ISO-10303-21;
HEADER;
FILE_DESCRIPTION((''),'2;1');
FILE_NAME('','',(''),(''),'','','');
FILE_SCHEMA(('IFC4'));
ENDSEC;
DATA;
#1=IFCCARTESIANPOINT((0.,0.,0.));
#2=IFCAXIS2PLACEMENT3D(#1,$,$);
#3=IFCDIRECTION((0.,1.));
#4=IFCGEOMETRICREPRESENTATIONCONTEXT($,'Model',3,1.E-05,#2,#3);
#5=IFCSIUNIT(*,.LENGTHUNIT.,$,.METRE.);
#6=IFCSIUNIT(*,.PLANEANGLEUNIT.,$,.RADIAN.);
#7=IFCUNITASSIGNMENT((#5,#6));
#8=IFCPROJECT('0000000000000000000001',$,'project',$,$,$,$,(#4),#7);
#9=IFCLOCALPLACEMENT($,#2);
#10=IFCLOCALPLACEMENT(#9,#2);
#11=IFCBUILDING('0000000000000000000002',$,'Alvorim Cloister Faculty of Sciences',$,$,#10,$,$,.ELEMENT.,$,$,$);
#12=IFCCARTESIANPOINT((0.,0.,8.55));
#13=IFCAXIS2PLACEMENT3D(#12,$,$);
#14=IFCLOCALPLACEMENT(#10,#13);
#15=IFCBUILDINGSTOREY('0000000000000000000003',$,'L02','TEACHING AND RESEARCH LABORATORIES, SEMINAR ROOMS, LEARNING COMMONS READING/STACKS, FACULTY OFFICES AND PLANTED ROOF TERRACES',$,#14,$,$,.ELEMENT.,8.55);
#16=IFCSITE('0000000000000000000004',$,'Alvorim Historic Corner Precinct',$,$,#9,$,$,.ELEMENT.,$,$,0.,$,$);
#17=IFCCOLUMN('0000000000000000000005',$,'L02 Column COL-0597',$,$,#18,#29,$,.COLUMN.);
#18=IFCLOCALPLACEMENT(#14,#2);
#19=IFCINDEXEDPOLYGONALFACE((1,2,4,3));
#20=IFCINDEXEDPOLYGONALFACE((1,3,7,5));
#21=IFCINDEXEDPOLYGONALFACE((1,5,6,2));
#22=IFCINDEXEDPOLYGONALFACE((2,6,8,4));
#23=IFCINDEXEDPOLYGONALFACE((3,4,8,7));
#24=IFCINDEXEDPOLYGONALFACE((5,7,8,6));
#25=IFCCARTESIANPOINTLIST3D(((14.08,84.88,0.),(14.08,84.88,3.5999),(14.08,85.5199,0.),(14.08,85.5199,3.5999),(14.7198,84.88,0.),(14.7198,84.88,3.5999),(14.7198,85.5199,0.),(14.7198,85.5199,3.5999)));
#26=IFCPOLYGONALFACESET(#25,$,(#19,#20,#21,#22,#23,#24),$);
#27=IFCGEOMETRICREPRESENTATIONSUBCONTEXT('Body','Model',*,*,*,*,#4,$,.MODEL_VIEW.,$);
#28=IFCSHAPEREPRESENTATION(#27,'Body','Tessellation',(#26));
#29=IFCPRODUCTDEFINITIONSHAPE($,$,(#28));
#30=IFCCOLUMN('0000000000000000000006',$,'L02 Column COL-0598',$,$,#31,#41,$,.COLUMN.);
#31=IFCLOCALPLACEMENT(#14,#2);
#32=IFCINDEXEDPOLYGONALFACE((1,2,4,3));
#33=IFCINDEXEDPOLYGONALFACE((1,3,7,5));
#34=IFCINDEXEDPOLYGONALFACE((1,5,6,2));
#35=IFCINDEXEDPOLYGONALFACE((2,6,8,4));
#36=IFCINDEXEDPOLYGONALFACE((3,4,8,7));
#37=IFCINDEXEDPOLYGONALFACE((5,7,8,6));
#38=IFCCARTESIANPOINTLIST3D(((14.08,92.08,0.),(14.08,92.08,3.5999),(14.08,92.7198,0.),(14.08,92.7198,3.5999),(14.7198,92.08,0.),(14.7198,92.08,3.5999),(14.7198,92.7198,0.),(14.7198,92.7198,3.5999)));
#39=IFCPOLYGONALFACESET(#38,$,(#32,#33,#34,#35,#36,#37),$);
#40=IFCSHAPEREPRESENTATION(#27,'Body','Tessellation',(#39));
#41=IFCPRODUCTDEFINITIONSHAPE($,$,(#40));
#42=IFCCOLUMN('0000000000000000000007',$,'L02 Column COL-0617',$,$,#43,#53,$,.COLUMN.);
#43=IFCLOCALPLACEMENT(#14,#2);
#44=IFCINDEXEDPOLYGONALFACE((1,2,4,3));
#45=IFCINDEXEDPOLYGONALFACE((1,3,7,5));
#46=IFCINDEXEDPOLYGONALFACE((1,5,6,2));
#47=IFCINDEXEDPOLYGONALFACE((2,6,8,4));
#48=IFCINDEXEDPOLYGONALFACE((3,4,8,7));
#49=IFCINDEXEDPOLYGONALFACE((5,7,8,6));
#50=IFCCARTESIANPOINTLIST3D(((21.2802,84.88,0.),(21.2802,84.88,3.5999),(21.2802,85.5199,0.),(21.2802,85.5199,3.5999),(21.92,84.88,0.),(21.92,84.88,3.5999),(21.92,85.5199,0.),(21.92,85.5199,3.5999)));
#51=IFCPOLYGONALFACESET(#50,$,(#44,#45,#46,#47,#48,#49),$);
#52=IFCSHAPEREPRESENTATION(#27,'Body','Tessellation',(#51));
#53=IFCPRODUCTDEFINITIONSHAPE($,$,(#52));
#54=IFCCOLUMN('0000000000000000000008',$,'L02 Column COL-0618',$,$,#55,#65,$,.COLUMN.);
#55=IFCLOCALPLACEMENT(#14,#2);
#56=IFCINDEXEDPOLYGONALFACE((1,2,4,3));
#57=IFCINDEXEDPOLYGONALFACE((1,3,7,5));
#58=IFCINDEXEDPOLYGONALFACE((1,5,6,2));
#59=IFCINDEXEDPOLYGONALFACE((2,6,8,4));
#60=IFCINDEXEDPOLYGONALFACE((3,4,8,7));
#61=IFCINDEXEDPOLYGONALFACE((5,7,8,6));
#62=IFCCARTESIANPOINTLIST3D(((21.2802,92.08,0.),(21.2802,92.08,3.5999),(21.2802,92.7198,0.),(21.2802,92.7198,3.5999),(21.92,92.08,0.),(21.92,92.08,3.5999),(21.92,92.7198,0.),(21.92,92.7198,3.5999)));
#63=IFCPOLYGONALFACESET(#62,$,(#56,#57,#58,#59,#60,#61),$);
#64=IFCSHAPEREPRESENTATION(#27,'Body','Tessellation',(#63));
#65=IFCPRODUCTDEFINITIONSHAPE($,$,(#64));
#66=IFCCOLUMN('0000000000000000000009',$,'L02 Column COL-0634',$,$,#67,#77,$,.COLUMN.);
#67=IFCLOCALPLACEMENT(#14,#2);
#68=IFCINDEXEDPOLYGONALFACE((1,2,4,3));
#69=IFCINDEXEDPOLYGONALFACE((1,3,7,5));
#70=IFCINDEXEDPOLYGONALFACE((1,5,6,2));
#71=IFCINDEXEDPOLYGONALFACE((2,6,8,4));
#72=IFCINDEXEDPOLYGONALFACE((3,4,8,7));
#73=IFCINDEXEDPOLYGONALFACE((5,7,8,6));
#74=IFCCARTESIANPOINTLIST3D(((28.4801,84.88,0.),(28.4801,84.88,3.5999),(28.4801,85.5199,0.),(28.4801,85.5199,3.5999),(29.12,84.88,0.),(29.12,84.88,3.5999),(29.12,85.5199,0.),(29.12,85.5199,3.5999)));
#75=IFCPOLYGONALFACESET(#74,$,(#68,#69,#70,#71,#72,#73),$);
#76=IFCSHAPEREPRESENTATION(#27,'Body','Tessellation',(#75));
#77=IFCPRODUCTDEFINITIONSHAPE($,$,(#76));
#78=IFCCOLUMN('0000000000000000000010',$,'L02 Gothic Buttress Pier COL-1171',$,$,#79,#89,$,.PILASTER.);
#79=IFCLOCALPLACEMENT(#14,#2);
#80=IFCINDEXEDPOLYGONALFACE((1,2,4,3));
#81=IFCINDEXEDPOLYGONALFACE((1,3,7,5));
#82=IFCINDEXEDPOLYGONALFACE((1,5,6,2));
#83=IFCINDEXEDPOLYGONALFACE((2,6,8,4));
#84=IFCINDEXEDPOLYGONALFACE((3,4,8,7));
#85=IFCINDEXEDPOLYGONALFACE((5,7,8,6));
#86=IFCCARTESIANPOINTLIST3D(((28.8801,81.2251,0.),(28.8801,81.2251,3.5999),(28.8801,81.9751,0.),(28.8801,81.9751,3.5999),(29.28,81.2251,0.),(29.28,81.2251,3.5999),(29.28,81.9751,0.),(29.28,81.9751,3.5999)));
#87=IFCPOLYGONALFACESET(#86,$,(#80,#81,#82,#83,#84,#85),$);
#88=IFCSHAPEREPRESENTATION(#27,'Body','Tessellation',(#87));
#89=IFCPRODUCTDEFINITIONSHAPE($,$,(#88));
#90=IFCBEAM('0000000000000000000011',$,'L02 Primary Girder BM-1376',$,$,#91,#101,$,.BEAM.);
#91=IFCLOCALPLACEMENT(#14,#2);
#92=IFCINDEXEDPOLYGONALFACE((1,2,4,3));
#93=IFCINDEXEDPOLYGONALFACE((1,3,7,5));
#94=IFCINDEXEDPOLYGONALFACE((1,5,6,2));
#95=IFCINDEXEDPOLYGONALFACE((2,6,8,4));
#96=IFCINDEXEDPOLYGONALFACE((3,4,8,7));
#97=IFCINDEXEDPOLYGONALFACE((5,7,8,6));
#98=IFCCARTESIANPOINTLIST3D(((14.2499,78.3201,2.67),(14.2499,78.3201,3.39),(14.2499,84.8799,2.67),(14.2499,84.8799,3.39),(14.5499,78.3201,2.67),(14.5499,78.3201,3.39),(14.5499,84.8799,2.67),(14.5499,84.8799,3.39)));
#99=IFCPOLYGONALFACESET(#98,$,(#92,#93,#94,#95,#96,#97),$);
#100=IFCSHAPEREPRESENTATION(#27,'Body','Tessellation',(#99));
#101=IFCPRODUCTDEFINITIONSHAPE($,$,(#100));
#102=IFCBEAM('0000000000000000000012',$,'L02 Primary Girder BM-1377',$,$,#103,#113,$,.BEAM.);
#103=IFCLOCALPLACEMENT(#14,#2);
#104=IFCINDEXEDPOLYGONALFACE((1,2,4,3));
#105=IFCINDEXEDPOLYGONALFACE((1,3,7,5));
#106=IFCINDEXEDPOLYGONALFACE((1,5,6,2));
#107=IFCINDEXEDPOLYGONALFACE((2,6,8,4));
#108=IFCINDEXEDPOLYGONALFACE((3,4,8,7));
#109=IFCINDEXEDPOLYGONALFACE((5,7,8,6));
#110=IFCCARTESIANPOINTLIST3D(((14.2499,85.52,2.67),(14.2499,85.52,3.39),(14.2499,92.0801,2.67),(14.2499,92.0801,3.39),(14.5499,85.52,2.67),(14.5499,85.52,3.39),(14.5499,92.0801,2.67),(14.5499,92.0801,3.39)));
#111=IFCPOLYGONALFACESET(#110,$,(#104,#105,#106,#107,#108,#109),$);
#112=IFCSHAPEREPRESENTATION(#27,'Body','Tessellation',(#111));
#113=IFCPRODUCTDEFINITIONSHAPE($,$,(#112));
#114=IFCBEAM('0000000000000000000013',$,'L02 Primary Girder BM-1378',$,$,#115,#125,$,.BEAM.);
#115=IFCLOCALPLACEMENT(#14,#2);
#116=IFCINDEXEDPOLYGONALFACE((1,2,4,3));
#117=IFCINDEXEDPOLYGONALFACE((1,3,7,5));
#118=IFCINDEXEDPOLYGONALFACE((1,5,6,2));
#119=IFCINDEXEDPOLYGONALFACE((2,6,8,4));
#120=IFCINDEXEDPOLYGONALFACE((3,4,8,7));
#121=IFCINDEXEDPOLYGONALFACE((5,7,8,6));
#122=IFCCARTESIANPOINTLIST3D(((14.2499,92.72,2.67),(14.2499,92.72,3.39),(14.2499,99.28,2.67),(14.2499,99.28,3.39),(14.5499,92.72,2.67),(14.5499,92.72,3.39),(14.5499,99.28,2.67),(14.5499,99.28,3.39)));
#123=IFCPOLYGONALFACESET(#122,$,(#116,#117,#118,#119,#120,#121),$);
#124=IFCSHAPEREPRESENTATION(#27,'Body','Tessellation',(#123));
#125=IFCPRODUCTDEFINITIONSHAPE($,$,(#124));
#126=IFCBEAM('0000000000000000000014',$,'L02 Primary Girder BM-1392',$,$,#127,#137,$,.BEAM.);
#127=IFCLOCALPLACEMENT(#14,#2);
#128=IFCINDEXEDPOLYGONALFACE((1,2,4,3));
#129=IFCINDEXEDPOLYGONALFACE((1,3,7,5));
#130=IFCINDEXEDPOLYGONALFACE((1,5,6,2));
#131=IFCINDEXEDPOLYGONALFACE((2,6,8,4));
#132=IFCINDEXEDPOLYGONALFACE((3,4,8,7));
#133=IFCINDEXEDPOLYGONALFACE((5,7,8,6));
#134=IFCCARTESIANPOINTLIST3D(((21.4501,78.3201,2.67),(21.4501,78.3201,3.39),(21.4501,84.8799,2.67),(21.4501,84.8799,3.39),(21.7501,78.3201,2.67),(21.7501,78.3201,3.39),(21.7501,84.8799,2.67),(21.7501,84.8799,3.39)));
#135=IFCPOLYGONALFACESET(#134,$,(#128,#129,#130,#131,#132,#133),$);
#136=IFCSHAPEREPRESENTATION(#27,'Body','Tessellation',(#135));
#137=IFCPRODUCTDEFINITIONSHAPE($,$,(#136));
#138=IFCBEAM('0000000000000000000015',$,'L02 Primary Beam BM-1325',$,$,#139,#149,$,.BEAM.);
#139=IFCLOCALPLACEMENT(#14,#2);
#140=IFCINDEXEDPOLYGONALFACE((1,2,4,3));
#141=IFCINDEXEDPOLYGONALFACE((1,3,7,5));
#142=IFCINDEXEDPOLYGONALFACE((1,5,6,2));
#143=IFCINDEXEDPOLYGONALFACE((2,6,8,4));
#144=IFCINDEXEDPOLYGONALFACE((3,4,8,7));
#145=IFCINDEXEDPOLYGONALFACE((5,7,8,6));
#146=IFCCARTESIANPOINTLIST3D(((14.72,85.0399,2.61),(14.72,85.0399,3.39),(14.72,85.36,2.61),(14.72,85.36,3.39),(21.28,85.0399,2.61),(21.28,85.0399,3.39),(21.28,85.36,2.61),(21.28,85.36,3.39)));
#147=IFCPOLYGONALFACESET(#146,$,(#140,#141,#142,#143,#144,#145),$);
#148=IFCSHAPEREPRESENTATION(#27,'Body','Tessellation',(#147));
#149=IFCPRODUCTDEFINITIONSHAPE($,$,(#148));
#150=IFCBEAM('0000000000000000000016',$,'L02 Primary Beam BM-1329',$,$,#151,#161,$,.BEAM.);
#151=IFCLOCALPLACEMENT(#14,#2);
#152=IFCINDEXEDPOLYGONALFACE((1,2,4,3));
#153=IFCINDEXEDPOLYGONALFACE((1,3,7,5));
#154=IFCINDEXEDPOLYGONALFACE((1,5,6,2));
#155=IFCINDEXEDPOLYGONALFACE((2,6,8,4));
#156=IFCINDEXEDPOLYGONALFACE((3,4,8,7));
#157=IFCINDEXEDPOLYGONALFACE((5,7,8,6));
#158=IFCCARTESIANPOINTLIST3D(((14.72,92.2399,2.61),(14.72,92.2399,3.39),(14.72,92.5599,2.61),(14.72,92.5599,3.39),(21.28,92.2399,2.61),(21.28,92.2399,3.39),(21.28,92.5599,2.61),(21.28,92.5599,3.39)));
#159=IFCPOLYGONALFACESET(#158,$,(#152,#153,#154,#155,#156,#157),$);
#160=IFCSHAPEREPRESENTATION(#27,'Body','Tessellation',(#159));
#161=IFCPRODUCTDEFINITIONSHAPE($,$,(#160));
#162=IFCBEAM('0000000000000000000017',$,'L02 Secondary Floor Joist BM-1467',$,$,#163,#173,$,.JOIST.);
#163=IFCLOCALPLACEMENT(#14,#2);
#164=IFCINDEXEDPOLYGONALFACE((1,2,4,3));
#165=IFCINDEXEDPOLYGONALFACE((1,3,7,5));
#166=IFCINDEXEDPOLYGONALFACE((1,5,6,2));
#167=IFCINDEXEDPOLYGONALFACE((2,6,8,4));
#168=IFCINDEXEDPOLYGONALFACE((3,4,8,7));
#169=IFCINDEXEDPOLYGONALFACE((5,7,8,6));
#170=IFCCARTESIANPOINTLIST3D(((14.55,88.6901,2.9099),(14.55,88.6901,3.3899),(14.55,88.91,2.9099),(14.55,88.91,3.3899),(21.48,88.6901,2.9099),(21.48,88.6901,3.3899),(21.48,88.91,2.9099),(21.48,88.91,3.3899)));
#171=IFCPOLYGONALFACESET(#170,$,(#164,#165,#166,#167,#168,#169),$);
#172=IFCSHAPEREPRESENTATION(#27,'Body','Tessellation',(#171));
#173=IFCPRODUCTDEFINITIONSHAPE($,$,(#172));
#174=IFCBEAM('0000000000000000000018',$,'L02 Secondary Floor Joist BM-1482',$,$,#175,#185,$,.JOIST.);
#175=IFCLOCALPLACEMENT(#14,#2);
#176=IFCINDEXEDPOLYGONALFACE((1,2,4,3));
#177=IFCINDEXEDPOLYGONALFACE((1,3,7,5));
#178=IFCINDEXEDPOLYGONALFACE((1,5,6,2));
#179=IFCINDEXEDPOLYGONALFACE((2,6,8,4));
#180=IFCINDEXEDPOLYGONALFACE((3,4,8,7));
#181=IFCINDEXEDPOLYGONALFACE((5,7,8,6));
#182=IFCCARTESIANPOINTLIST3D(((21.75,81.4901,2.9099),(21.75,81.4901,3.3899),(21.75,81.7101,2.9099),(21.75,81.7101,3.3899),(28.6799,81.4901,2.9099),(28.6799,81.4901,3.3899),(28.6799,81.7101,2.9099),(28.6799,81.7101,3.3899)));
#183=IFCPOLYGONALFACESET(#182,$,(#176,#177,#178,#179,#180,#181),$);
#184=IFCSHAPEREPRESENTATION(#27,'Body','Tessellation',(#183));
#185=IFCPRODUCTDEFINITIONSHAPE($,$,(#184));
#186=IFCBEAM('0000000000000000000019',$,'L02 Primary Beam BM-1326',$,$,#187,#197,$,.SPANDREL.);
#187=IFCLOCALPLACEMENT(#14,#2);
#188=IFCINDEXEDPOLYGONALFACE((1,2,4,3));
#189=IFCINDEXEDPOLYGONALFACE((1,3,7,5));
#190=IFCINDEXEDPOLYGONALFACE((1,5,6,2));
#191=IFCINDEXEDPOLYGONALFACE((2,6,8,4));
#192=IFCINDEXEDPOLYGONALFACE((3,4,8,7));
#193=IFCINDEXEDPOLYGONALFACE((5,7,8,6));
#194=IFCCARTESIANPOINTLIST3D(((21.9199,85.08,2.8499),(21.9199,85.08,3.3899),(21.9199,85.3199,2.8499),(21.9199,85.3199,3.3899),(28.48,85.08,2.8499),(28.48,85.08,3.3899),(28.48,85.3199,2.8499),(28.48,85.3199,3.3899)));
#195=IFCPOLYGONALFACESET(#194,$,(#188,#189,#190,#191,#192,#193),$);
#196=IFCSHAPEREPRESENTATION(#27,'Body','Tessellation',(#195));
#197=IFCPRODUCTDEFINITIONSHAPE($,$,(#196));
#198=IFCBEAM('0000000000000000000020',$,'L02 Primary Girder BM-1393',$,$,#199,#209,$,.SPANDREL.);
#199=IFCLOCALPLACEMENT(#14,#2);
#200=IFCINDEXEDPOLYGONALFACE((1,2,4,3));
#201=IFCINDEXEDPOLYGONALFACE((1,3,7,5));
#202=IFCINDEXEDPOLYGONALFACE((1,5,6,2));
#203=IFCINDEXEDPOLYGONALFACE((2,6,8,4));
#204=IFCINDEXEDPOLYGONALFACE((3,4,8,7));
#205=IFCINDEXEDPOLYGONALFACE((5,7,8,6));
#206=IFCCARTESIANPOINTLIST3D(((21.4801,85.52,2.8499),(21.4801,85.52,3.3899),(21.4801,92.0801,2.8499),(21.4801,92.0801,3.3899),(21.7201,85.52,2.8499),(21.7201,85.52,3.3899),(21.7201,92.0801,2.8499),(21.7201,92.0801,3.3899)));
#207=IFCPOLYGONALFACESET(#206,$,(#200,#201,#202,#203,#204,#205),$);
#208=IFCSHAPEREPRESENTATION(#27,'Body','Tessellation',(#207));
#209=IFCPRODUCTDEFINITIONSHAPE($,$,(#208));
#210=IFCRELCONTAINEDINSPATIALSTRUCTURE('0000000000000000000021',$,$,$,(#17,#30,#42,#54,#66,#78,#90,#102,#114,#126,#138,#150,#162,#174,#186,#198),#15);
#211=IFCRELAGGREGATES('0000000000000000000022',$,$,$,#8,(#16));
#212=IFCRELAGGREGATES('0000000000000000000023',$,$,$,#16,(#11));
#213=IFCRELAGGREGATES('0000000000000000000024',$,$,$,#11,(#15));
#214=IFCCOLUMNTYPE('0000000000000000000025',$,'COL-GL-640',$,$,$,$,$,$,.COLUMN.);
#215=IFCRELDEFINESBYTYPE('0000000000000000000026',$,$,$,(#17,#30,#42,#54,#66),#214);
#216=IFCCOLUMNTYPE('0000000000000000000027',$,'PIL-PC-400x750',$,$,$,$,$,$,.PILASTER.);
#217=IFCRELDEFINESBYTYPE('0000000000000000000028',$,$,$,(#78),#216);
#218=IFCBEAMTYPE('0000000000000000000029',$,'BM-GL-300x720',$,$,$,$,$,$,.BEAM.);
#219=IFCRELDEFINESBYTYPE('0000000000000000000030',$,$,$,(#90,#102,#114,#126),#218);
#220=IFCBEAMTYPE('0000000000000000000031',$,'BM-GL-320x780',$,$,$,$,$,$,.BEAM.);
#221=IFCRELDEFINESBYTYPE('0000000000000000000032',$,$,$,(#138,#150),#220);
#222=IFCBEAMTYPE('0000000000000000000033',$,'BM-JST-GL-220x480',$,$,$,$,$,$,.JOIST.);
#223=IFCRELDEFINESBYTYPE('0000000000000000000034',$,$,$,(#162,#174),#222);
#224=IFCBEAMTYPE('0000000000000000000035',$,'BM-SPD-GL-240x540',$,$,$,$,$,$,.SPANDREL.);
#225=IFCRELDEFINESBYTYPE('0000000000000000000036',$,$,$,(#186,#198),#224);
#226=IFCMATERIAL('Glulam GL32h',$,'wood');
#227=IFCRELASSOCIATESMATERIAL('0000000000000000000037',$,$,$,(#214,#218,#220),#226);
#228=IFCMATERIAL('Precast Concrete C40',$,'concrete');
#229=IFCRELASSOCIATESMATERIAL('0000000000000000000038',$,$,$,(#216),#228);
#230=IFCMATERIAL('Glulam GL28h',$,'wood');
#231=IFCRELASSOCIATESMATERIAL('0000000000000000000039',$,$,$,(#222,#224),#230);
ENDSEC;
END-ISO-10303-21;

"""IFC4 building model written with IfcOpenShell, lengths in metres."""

from ifc_helpers import new_model, si_unit, direction, frame, origin, origin_2d, place, context, subcontext, project, spatial, rectangle, extrude, material, material_profile, profile_set, type_object, element, save


model = new_model("IFC4")

# Units and contexts
model_context = context("Model", 3, precision=1e-05, world=origin(), true_north=direction((0.0, 1.0)))
body_context = subcontext(model_context, "Body", "Model", "MODEL_VIEW")
ifc_project = project(units=[si_unit("LENGTHUNIT", "METRE"), si_unit("PLANEANGLEUNIT", "RADIAN")], contexts=[model_context])

# Site, building, storey
site_placement = place(None, origin())
site = spatial("IfcSite", under=ifc_project, at=site_placement, Name="Alvorim Historic Corner Precinct", CompositionType="ELEMENT", RefElevation=0.0)
building_placement = place(site_placement, origin())
building = spatial("IfcBuilding", under=site, at=building_placement, Name="Alvorim Cloister Faculty of Sciences", CompositionType="ELEMENT")
storey_placement = place(building_placement, frame((0.0, 0.0, 8.55)))
storey = spatial("IfcBuildingStorey", under=building, at=storey_placement, Name="L02", Description="TEACHING AND RESEARCH LABORATORIES, SEMINAR ROOMS, LEARNING COMMONS READING/STACKS, FACULTY OFFICES AND PLANTED ROOF TERRACES", CompositionType="ELEMENT", Elevation=8.55)

# Columns
ifc_material_1 = material(Name="Glulam GL32h", Category="wood")
ifc_material_profile_1 = material_profile(ifc_material_1, rectangle(XDim=0.6399, YDim=0.6399, at=origin_2d()), Name="GL32-COL-640x640")
ifc_profile_set_1 = profile_set([ifc_material_profile_1], Name="Glulam GL32h")
column_type_1 = type_object("IfcColumnType", Name="COL-GL-640", PredefinedType="COLUMN", material=ifc_profile_set_1)
for number, where, z_axis, x_axis, name in (
    (1, (14.3999, 85.2, 0.0), (0.0, 0.0, 1.0), (1.0, 0.0, 0.0), "L02 Column COL-0597"),
    (2, (14.3999, 92.3999, 0.0), (0.0, 0.0, 1.0), (1.0, 0.0, 0.0), "L02 Column COL-0598"),
    (3, (21.6001, 85.2, 0.0), (0.0, 0.0, 1.0), (1.0, 0.0, 0.0), "L02 Column COL-0617"),
    (4, (21.6001, 92.3999, 0.0), (0.0, 0.0, 1.0), (1.0, 0.0, 0.0), "L02 Column COL-0618"),
    (5, (28.8, 85.2, 0.0), (0.0, 0.0, 1.0), (1.0, 0.0, 0.0), "L02 Column COL-0634"),
):
    element("IfcColumn", number, at=place(storey_placement, frame(where, z_axis=z_axis, x_axis=x_axis)), inside=storey, type_object=column_type_1, Name=name, PredefinedType="COLUMN", context=body_context, shape_type="SweptSolid", body=[
        extrude(rectangle(XDim=0.6399, YDim=0.6399, at=origin_2d()), origin(), (0.0, 0.0, 1.0), 3.5999),
    ])
ifc_material_2 = material(Name="Precast Concrete C40", Category="concrete")
ifc_material_profile_2 = material_profile(ifc_material_2, rectangle(XDim=0.3999, YDim=0.75, at=origin_2d()), Name="RC40-PIL-400x750")
ifc_profile_set_2 = profile_set([ifc_material_profile_2], Name="Precast Concrete C40")
column_type_2 = type_object("IfcColumnType", Name="PIL-PC-400x750", PredefinedType="PILASTER", material=ifc_profile_set_2)
column_placement = place(storey_placement, frame((29.0801, 81.6001, 0.0), z_axis=(0.0, 0.0, 1.0), x_axis=(1.0, 0.0, 0.0)))
element("IfcColumn", 6, at=column_placement, inside=storey, type_object=column_type_2, Name="L02 Gothic Buttress Pier COL-1171", PredefinedType="PILASTER", context=body_context, shape_type="SweptSolid", body=[
    extrude(rectangle(XDim=0.3999, YDim=0.75, at=origin_2d()), origin(), (0.0, 0.0, 1.0), 3.5999),
])

# Beams
ifc_material_profile_3 = material_profile(ifc_material_1, rectangle(XDim=0.3, YDim=0.72, at=origin_2d()), Name="GL32-BM-300x720")
ifc_profile_set_3 = profile_set([ifc_material_profile_3], Name="Glulam GL32h")
beam_type_1 = type_object("IfcBeamType", Name="BM-GL-300x720", PredefinedType="BEAM", material=ifc_profile_set_3)
beam_1_placement = place(storey_placement, frame((14.3999, 78.3201, 3.03), z_axis=(0.0, 1.0, 0.0), x_axis=(-1.0, 0.0, 0.0)))
element("IfcBeam", 7, at=beam_1_placement, inside=storey, type_object=beam_type_1, Name="L02 Primary Girder BM-1376", PredefinedType="BEAM", context=body_context, shape_type="SweptSolid", body=[
    extrude(rectangle(XDim=0.3, YDim=0.72, at=origin_2d()), origin(), (0.0, 0.0, 1.0), 6.5598),
])
for number, where, z_axis, x_axis, name in (
    (8, (14.3999, 85.52, 3.03), (0.0, 1.0, 0.0), (-1.0, 0.0, 0.0), "L02 Primary Girder BM-1377"),
    (9, (14.3999, 92.72, 3.03), (0.0, 1.0, 0.0), (-1.0, 0.0, 0.0), "L02 Primary Girder BM-1378"),
):
    element("IfcBeam", number, at=place(storey_placement, frame(where, z_axis=z_axis, x_axis=x_axis)), inside=storey, type_object=beam_type_1, Name=name, PredefinedType="BEAM", context=body_context, shape_type="SweptSolid", body=[
        extrude(rectangle(XDim=0.3, YDim=0.72, at=origin_2d()), origin(), (0.0, 0.0, 1.0), 6.5601),
    ])
beam_2_placement = place(storey_placement, frame((21.6001, 78.3201, 3.03), z_axis=(0.0, 1.0, 0.0), x_axis=(-1.0, 0.0, 0.0)))
element("IfcBeam", 10, at=beam_2_placement, inside=storey, type_object=beam_type_1, Name="L02 Primary Girder BM-1392", PredefinedType="BEAM", context=body_context, shape_type="SweptSolid", body=[
    extrude(rectangle(XDim=0.3, YDim=0.72, at=origin_2d()), origin(), (0.0, 0.0, 1.0), 6.5598),
])
ifc_material_profile_4 = material_profile(ifc_material_1, rectangle(XDim=0.3201, YDim=0.78, at=origin_2d()), Name="GL32-BM-320x780")
ifc_profile_set_4 = profile_set([ifc_material_profile_4], Name="Glulam GL32h")
beam_type_2 = type_object("IfcBeamType", Name="BM-GL-320x780", PredefinedType="BEAM", material=ifc_profile_set_4)
for number, where, z_axis, x_axis, name in (
    (11, (14.72, 85.2, 3.0), (1.0, 0.0, 0.0), (0.0, 1.0, 0.0), "L02 Primary Beam BM-1325"),
    (12, (14.72, 92.3999, 3.0), (1.0, 0.0, 0.0), (0.0, 1.0, 0.0), "L02 Primary Beam BM-1329"),
):
    element("IfcBeam", number, at=place(storey_placement, frame(where, z_axis=z_axis, x_axis=x_axis)), inside=storey, type_object=beam_type_2, Name=name, PredefinedType="BEAM", context=body_context, shape_type="SweptSolid", body=[
        extrude(rectangle(XDim=0.3201, YDim=0.78, at=origin_2d()), origin(), (0.0, 0.0, 1.0), 6.5601),
    ])
ifc_material_3 = material(Name="Glulam GL28h", Category="wood")
ifc_material_profile_5 = material_profile(ifc_material_3, rectangle(XDim=0.22, YDim=0.48, at=origin_2d()), Name="GL28-JST-220x480")
ifc_profile_set_5 = profile_set([ifc_material_profile_5], Name="Glulam GL28h")
beam_type_3 = type_object("IfcBeamType", Name="BM-JST-GL-220x480", PredefinedType="JOIST", material=ifc_profile_set_5)
for number, where, z_axis, x_axis, name in (
    (13, (14.55, 88.8, 3.1499), (1.0, 0.0, 0.0), (0.0, 1.0, 0.0), "L02 Secondary Floor Joist BM-1467"),
    (14, (21.75, 81.6001, 3.1499), (1.0, 0.0, 0.0), (0.0, 1.0, 0.0), "L02 Secondary Floor Joist BM-1482"),
):
    element("IfcBeam", number, at=place(storey_placement, frame(where, z_axis=z_axis, x_axis=x_axis)), inside=storey, type_object=beam_type_3, Name=name, PredefinedType="JOIST", context=body_context, shape_type="SweptSolid", body=[
        extrude(rectangle(XDim=0.22, YDim=0.48, at=origin_2d()), origin(), (0.0, 0.0, 1.0), 6.9299),
    ])
ifc_material_profile_6 = material_profile(ifc_material_3, rectangle(XDim=0.24, YDim=0.54, at=origin_2d()), Name="GL28-SPD-240x540")
ifc_profile_set_6 = profile_set([ifc_material_profile_6], Name="Glulam GL28h")
beam_type_4 = type_object("IfcBeamType", Name="BM-SPD-GL-240x540", PredefinedType="SPANDREL", material=ifc_profile_set_6)
for number, where, z_axis, x_axis, name in (
    (15, (21.9199, 85.2, 3.1199), (1.0, 0.0, 0.0), (0.0, 1.0, 0.0), "L02 Primary Beam BM-1326"),
    (16, (21.6001, 85.52, 3.1199), (0.0, 1.0, 0.0), (-1.0, 0.0, 0.0), "L02 Primary Girder BM-1393"),
):
    element("IfcBeam", number, at=place(storey_placement, frame(where, z_axis=z_axis, x_axis=x_axis)), inside=storey, type_object=beam_type_4, Name=name, PredefinedType="SPANDREL", context=body_context, shape_type="SweptSolid", body=[
        extrude(rectangle(XDim=0.24, YDim=0.54, at=origin_2d()), origin(), (0.0, 0.0, 1.0), 6.5601),
    ])

save(model, "model.ifc")
